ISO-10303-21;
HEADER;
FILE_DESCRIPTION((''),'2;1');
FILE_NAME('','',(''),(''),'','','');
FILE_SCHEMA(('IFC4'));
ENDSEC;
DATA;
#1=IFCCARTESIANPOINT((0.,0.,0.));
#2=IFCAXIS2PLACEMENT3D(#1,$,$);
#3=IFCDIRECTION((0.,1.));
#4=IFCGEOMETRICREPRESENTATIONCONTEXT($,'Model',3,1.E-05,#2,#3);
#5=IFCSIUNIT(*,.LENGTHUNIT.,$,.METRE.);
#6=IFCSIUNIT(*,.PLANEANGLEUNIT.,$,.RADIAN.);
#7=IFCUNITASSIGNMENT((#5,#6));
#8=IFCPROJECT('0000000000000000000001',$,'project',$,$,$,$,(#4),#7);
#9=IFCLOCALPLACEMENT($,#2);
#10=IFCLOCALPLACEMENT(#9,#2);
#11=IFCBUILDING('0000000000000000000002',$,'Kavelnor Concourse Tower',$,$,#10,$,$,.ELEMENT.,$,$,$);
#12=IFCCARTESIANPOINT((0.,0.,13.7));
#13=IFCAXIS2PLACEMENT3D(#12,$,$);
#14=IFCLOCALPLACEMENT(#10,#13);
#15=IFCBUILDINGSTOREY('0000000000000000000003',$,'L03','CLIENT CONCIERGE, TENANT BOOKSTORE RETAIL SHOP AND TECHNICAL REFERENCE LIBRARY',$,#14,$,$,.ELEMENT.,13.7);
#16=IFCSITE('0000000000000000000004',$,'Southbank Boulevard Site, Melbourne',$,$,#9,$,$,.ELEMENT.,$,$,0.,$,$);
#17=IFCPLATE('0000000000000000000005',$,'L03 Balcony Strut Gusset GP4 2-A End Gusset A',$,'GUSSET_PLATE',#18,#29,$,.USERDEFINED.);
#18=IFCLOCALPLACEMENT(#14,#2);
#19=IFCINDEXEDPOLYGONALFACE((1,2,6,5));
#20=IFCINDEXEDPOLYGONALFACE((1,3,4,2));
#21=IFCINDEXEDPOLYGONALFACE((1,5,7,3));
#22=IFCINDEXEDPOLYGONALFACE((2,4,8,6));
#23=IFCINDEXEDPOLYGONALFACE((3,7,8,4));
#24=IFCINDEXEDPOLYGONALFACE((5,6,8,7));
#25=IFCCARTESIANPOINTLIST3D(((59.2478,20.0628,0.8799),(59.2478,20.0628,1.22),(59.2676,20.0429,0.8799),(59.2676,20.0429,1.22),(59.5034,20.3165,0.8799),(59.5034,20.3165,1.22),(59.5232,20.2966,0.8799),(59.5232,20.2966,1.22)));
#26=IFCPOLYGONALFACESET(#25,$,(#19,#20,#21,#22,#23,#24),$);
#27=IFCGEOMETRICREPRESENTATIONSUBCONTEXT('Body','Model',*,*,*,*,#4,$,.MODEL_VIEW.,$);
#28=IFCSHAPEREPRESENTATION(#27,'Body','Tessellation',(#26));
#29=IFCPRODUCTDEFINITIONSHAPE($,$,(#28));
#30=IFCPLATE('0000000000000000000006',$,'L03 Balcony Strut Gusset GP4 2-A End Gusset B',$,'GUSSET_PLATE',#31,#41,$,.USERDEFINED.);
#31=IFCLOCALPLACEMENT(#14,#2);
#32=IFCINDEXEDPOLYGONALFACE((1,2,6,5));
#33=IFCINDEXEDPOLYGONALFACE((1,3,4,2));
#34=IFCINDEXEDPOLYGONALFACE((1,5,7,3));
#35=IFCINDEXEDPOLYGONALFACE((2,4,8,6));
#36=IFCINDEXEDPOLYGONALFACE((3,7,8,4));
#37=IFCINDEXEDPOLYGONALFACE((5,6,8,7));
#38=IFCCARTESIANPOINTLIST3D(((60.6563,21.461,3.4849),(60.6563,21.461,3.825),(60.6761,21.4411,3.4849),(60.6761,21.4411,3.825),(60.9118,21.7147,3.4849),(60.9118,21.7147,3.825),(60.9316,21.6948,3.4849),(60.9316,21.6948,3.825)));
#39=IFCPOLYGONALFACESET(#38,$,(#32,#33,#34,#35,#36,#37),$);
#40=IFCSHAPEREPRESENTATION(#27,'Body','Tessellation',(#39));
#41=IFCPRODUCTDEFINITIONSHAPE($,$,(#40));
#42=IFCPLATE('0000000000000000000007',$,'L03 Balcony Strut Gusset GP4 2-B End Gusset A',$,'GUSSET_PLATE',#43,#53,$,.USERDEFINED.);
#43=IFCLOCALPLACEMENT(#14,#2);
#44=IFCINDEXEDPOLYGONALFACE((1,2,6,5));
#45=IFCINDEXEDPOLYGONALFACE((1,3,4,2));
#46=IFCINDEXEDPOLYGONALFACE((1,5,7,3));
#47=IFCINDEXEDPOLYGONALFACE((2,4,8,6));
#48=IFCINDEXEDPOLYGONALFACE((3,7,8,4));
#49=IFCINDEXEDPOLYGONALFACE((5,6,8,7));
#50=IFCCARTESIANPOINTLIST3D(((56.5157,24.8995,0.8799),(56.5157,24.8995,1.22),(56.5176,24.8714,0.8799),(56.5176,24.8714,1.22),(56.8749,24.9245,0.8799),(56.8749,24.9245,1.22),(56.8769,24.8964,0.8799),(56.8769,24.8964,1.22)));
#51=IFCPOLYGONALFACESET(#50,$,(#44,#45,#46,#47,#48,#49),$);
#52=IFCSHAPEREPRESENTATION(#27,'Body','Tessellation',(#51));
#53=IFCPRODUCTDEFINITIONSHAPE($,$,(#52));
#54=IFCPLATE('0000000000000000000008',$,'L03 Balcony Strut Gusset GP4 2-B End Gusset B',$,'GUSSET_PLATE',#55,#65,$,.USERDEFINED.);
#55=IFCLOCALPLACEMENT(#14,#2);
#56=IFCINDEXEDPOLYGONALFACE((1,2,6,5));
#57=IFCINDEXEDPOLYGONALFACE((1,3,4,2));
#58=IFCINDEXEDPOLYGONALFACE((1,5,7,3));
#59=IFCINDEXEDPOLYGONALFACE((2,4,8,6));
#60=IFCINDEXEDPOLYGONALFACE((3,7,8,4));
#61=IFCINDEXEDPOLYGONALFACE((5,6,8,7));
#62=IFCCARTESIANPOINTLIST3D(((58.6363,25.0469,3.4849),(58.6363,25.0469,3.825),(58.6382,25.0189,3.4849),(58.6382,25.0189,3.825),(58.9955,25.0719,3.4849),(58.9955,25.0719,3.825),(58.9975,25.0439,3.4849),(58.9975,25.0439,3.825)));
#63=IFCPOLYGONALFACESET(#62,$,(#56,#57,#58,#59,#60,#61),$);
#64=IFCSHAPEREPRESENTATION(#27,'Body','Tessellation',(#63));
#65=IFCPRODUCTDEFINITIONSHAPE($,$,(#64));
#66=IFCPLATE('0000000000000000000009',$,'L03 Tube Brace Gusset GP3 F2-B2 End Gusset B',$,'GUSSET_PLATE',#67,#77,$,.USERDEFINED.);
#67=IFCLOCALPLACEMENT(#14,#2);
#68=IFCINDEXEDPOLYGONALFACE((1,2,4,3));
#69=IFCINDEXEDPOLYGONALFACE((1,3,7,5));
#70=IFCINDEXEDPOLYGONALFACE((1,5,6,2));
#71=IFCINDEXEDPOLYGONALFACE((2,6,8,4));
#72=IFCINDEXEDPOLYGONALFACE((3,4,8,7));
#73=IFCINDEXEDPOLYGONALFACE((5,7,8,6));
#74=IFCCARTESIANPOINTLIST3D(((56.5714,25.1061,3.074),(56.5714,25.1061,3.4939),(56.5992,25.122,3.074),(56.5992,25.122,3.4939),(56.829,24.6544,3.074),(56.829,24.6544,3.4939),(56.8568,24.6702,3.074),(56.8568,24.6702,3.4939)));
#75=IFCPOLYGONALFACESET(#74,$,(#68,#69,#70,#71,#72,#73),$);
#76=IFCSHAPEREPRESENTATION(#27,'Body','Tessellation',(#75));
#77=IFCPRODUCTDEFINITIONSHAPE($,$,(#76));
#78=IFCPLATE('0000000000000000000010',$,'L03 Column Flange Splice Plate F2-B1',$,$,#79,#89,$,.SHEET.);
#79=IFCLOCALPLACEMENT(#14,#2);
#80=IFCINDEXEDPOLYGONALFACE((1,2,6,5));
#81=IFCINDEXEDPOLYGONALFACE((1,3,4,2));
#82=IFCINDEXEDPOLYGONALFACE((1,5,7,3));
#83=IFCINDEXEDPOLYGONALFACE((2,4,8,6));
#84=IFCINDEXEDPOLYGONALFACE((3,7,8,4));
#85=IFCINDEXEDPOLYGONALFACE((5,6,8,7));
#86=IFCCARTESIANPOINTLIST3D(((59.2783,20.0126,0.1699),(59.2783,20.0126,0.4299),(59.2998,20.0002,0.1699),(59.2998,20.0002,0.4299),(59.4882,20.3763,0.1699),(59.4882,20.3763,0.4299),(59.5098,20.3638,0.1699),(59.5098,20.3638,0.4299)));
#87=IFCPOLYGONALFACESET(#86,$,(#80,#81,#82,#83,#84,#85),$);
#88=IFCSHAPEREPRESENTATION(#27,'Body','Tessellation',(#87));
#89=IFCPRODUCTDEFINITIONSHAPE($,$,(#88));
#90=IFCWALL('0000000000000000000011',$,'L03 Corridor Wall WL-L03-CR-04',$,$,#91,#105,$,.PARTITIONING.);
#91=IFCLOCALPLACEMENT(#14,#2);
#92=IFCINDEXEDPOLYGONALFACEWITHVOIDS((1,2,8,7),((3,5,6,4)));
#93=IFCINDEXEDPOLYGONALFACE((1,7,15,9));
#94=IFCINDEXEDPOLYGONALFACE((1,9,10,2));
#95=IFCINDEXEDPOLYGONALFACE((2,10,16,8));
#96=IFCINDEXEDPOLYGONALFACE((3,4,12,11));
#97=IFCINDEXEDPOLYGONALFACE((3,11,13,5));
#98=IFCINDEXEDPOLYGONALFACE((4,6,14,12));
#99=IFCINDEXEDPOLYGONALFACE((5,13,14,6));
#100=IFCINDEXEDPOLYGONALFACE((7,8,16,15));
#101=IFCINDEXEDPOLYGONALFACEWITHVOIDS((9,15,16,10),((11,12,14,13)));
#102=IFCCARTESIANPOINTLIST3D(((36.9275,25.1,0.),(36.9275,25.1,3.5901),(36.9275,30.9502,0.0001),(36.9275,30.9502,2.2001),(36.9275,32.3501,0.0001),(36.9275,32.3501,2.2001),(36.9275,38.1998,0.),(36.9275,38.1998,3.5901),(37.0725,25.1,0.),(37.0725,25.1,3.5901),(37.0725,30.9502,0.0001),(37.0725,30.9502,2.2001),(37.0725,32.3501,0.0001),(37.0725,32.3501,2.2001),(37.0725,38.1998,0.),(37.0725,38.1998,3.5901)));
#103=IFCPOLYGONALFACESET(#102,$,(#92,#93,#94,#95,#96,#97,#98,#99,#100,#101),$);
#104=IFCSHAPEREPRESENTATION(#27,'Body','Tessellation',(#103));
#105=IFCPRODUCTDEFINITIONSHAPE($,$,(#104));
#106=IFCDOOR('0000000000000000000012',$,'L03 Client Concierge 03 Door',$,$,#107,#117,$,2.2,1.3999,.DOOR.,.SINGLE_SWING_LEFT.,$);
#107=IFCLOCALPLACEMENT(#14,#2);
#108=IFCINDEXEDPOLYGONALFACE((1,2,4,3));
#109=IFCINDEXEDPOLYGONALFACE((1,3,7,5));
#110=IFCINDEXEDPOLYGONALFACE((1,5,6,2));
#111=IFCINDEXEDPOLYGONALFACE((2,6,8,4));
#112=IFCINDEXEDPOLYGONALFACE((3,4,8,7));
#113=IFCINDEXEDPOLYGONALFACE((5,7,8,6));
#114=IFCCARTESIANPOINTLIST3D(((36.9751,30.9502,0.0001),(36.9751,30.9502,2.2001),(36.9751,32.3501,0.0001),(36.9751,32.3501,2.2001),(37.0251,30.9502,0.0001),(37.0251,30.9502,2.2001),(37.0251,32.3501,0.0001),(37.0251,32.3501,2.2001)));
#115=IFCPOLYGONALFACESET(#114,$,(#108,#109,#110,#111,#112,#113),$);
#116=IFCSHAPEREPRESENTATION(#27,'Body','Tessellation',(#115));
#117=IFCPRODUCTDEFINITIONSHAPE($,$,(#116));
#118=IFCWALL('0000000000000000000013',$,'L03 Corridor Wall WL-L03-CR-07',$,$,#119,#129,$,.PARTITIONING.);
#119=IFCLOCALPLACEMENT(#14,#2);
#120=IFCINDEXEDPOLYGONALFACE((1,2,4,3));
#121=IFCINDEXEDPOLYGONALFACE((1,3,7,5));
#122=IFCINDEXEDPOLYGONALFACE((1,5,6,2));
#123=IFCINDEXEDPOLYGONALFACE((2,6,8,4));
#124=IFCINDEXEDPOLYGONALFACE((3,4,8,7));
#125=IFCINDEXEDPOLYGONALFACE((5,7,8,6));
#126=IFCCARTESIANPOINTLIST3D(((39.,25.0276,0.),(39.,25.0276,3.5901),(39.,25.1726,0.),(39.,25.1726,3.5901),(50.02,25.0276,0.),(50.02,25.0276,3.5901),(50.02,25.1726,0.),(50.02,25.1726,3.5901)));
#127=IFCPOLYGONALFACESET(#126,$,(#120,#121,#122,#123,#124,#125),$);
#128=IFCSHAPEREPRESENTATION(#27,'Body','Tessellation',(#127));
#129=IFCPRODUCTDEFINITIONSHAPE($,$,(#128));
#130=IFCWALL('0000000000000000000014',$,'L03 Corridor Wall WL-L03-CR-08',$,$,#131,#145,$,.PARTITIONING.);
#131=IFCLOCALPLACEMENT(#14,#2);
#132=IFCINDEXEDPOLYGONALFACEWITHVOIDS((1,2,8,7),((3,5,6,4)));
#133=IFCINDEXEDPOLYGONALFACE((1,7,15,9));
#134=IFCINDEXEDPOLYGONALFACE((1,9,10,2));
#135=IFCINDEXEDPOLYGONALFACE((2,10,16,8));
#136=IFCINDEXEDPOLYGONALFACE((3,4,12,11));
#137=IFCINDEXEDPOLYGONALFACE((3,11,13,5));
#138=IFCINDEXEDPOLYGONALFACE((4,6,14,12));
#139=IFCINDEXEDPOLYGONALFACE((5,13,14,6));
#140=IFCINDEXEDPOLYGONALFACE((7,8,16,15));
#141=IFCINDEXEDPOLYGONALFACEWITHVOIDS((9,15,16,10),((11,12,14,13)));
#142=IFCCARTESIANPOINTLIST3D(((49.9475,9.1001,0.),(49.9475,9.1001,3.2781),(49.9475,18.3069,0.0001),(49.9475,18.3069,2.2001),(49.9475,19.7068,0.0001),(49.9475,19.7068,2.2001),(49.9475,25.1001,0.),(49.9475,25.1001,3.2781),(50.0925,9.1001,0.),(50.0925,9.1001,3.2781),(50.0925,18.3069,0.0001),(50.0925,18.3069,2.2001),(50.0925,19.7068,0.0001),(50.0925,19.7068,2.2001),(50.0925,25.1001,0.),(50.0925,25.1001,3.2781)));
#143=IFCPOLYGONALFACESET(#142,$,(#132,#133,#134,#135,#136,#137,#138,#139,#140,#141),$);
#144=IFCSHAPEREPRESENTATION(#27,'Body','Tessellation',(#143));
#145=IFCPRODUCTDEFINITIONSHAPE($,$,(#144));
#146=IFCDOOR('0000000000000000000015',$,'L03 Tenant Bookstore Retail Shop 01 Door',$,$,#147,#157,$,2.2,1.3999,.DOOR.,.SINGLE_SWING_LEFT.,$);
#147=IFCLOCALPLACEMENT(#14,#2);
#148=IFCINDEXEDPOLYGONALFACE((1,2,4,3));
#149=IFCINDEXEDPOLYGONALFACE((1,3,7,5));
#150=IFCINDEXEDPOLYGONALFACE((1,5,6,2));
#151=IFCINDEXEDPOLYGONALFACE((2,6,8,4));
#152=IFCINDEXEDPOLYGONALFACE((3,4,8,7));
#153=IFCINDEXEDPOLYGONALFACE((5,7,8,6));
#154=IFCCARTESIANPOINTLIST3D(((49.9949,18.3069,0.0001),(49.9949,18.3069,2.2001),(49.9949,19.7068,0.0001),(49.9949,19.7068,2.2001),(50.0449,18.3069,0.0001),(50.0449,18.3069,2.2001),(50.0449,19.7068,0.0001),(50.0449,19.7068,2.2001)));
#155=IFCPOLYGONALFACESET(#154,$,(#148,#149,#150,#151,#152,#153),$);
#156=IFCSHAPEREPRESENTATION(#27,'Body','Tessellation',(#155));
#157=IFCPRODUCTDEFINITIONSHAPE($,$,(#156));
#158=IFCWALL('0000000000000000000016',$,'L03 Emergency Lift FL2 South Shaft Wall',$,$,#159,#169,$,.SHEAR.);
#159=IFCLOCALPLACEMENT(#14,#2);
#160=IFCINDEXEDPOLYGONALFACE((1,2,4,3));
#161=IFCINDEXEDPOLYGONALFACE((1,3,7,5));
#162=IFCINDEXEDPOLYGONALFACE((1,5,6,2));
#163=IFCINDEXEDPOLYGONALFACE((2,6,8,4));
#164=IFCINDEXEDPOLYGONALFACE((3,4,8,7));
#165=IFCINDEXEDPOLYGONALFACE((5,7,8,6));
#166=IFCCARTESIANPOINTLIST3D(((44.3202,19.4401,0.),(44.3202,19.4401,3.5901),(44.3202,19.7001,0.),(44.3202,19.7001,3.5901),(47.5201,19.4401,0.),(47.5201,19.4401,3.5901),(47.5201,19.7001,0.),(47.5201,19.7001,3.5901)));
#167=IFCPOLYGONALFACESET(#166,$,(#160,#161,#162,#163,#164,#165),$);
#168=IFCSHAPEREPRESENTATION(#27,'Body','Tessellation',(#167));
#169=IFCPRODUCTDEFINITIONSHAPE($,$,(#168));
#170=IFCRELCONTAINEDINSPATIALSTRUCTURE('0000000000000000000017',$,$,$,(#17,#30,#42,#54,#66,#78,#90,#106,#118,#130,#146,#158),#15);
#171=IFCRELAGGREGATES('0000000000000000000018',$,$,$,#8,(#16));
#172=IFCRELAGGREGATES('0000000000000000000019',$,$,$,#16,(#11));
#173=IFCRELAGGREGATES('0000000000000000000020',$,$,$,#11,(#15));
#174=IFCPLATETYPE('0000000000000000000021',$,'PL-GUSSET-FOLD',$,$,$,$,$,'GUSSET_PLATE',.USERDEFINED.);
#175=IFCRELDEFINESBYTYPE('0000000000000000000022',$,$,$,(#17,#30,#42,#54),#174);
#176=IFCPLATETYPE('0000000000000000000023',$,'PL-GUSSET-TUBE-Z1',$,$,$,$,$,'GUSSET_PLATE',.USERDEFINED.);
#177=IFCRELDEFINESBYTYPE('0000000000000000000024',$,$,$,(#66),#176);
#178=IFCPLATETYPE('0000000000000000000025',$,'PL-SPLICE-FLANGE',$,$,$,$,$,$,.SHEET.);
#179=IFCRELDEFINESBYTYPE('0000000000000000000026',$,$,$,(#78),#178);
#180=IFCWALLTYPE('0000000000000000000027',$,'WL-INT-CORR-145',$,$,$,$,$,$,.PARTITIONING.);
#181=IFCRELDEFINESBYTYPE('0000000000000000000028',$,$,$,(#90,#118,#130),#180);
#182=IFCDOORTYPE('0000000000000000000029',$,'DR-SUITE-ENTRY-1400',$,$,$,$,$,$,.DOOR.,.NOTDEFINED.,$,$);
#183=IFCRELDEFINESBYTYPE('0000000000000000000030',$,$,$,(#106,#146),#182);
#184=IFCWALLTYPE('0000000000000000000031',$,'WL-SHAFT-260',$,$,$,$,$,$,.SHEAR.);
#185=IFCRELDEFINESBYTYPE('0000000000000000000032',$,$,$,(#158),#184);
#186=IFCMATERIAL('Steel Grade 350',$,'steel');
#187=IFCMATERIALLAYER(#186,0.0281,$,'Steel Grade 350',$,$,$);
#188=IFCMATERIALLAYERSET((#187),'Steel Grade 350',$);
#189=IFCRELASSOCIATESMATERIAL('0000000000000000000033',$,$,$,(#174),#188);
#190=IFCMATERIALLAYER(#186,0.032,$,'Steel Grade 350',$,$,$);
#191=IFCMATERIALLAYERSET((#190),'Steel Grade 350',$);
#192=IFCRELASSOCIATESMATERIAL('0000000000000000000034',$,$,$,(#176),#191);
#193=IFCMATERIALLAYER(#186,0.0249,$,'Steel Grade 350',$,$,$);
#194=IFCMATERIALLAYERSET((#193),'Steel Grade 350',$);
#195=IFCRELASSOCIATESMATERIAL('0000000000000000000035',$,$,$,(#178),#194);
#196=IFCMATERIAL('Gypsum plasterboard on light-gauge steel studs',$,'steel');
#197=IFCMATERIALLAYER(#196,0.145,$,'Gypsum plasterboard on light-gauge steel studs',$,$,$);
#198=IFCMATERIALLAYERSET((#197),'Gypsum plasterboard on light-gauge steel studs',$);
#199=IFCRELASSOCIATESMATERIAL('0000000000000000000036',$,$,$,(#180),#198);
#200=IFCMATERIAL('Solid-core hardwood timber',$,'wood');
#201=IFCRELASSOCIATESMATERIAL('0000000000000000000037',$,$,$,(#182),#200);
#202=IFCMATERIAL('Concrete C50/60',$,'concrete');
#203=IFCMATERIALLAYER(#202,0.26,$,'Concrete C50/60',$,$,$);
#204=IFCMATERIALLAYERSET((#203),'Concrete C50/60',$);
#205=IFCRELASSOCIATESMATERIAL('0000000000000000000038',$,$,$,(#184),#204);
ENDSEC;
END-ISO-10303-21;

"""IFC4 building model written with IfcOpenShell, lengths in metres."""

from ifc_helpers import new_model, si_unit, direction, frame, frame_2d, origin, origin_2d, place, context, subcontext, project, spatial, rectangle, extrude, material, layer, layer_set, type_object, element, fill, save


model = new_model("IFC4")

# Units and contexts
model_context = context("Model", 3, precision=1e-05, world=origin(), true_north=direction((0.0, 1.0)))
body_context = subcontext(model_context, "Body", "Model", "MODEL_VIEW")
ifc_project = project(units=[si_unit("LENGTHUNIT", "METRE"), si_unit("PLANEANGLEUNIT", "RADIAN")], contexts=[model_context])

# Site, building, storey
site_placement = place(None, origin())
site = spatial("IfcSite", under=ifc_project, at=site_placement, Name="Southbank Boulevard Site, Melbourne", CompositionType="ELEMENT", RefElevation=0.0)
building_placement = place(site_placement, origin())
building = spatial("IfcBuilding", under=site, at=building_placement, Name="Kavelnor Concourse Tower", CompositionType="ELEMENT")
storey_placement = place(building_placement, frame((0.0, 0.0, 13.7)))
storey = spatial("IfcBuildingStorey", under=building, at=storey_placement, Name="L03", Description="CLIENT CONCIERGE, TENANT BOOKSTORE RETAIL SHOP AND TECHNICAL REFERENCE LIBRARY", CompositionType="ELEMENT", Elevation=13.7)

# Shared definitions
ifc_material_1 = material(Name="Steel Grade 350", Category="steel")

# Plates
ifc_layer_1 = layer(ifc_material_1, 0.0281, Name="Steel Grade 350")
ifc_layer_set_1 = layer_set([ifc_layer_1], Name="Steel Grade 350")
plate_type_1 = type_object("IfcPlateType", Name="PL-GUSSET-FOLD", ElementType="GUSSET_PLATE", PredefinedType="USERDEFINED", material=ifc_layer_set_1)
for number, where, z_axis, x_axis, name in (
    (1, (59.3855, 20.1797, 0.8799), (0.0, 0.0, 1.0), (0.709694, 0.70451, 0.0), "L03 Balcony Strut Gusset GP4 2-A End Gusset A"),
    (2, (60.7939, 21.5779, 3.4849), (0.0, 0.0, 1.0), (0.709694, 0.70451, 0.0), "L03 Balcony Strut Gusset GP4 2-A End Gusset B"),
    (3, (56.6963, 24.8979, 0.8799), (0.0, 0.0, 1.0), (0.997588, 0.069408, 0.0), "L03 Balcony Strut Gusset GP4 2-B End Gusset A"),
    (4, (58.8169, 25.0454, 3.4849), (0.0, 0.0, 1.0), (0.997588, 0.069408, 0.0), "L03 Balcony Strut Gusset GP4 2-B End Gusset B"),
):
    element("IfcPlate", number, at=place(storey_placement, frame(where, z_axis=z_axis, x_axis=x_axis)), inside=storey, type_object=plate_type_1, Name=name, ObjectType="GUSSET_PLATE", PredefinedType="USERDEFINED", context=body_context, shape_type="SweptSolid", body=[
        extrude(rectangle(XDim=0.3601, YDim=0.0281, at=origin_2d()), origin(), (0.0, 0.0, 1.0), 0.3401),
    ])
ifc_layer_2 = layer(ifc_material_1, 0.032, Name="Steel Grade 350")
ifc_layer_set_2 = layer_set([ifc_layer_2], Name="Steel Grade 350")
plate_type_2 = type_object("IfcPlateType", Name="PL-GUSSET-TUBE-Z1", ElementType="GUSSET_PLATE", PredefinedType="USERDEFINED", material=ifc_layer_set_2)
plate_1_placement = place(storey_placement, frame((56.7141, 24.8882, 3.074), z_axis=(0.0, 0.0, 1.0), x_axis=(0.495307, -0.868718, 0.0)))
element("IfcPlate", 5, at=plate_1_placement, inside=storey, type_object=plate_type_2, Name="L03 Tube Brace Gusset GP3 F2-B2 End Gusset B", ObjectType="GUSSET_PLATE", PredefinedType="USERDEFINED", context=body_context, shape_type="SweptSolid", body=[
    extrude(rectangle(XDim=0.52, YDim=0.032, at=origin_2d()), origin(), (0.0, 0.0, 1.0), 0.4199),
])
ifc_layer_3 = layer(ifc_material_1, 0.0249, Name="Steel Grade 350")
ifc_layer_set_3 = layer_set([ifc_layer_3], Name="Steel Grade 350")
plate_type_3 = type_object("IfcPlateType", Name="PL-SPLICE-FLANGE", PredefinedType="SHEET", material=ifc_layer_set_3)
plate_2_placement = place(storey_placement, frame((59.394, 20.1882, 0.1699), z_axis=(0.0, 0.0, 1.0), x_axis=(-0.5, -0.866025, 0.0)))
element("IfcPlate", 6, at=plate_2_placement, inside=storey, type_object=plate_type_3, Name="L03 Column Flange Splice Plate F2-B1", PredefinedType="SHEET", context=body_context, shape_type="SweptSolid", body=[
    extrude(rectangle(XDim=0.4199, YDim=0.0249, at=origin_2d()), origin(), (0.0, 0.0, 1.0), 0.26),
])

# Wall, opening, door
ifc_material_2 = material(Name="Gypsum plasterboard on light-gauge steel studs", Category="steel")
ifc_layer_4 = layer(ifc_material_2, 0.145, Name="Gypsum plasterboard on light-gauge steel studs")
ifc_layer_set_4 = layer_set([ifc_layer_4], Name="Gypsum plasterboard on light-gauge steel studs")
wall_type_1 = type_object("IfcWallType", Name="WL-INT-CORR-145", PredefinedType="PARTITIONING", material=ifc_layer_set_4)
wall_1_placement = place(storey_placement, frame((37.0, 25.1001, 0.0), z_axis=(0.0, 0.0, 1.0), x_axis=(0.0, 1.0, 0.0)))
wall_1 = element("IfcWall", 7, at=wall_1_placement, inside=storey, type_object=wall_type_1, Name="L03 Corridor Wall WL-L03-CR-04", PredefinedType="PARTITIONING", context=body_context, shape_type="SweptSolid", body=[
    extrude(rectangle(XDim=13.0999, YDim=0.145, at=frame_2d((6.5498, 0.0))), origin(), (0.0, 0.0, 1.0), 3.5901),
])
opening_1_placement = place(wall_1_placement, frame((5.8501, 0.0, 0.0)))
opening_1 = element("IfcOpeningElement", 8, at=opening_1_placement, cuts=wall_1, PredefinedType="OPENING", context=body_context, shape_type="SweptSolid", body=[
    extrude(rectangle(XDim=1.3999, YDim=2.2, at=frame_2d((0.7, 1.1001))), frame((0.0, 0.0825, 0.0), z_axis=(0.0, -1.0, 0.0), x_axis=(1.0, 0.0, 0.0)), (0.0, 0.0, 1.0), 0.165),
])
ifc_material_3 = material(Name="Solid-core hardwood timber", Category="wood")
door_type = type_object("IfcDoorType", Name="DR-SUITE-ENTRY-1400", OperationType="NOTDEFINED", PredefinedType="DOOR", material=ifc_material_3)
door_1_placement = place(opening_1_placement, origin())
door_1 = element("IfcDoor", 9, at=door_1_placement, inside=storey, type_object=door_type, Name="L03 Client Concierge 03 Door", OperationType="SINGLE_SWING_LEFT", OverallHeight=2.2, OverallWidth=1.3999, PredefinedType="DOOR", context=body_context, shape_type="SweptSolid", body=[
    extrude(rectangle(XDim=1.3999, YDim=2.2, at=frame_2d((0.7, 1.1001))), frame((0.0, 0.0249, 0.0), z_axis=(0.0, -1.0, 0.0), x_axis=(1.0, 0.0, 0.0)), (0.0, 0.0, 1.0), 0.05),
])
fill(opening_1, door_1)

# Wall
wall_2_placement = place(storey_placement, frame((39.0, 25.1001, 0.0), z_axis=(0.0, 0.0, 1.0), x_axis=(1.0, 0.0, 0.0)))
element("IfcWall", 10, at=wall_2_placement, inside=storey, type_object=wall_type_1, Name="L03 Corridor Wall WL-L03-CR-07", PredefinedType="PARTITIONING", context=body_context, shape_type="SweptSolid", body=[
    extrude(rectangle(XDim=11.02, YDim=0.145, at=frame_2d((5.51, 0.0))), origin(), (0.0, 0.0, 1.0), 3.5901),
])

# Wall, opening, door
wall_3_placement = place(storey_placement, frame((50.02, 25.1001, 0.0), z_axis=(0.0, 0.0, 1.0), x_axis=(0.0, -1.0, 0.0)))
wall_3 = element("IfcWall", 11, at=wall_3_placement, inside=storey, type_object=wall_type_1, Name="L03 Corridor Wall WL-L03-CR-08", PredefinedType="PARTITIONING", context=body_context, shape_type="SweptSolid", body=[
    extrude(rectangle(XDim=16.0, YDim=0.145, at=frame_2d((8.0, 0.0))), origin(), (0.0, 0.0, 1.0), 3.2781),
])
opening_2_placement = place(wall_3_placement, frame((5.3933, 0.0, 0.0)))
opening_2 = element("IfcOpeningElement", 12, at=opening_2_placement, cuts=wall_3, PredefinedType="OPENING", context=body_context, shape_type="SweptSolid", body=[
    extrude(rectangle(XDim=1.3999, YDim=2.2, at=frame_2d((0.7, 1.1001))), frame((0.0, 0.0825, 0.0), z_axis=(0.0, -1.0, 0.0), x_axis=(1.0, 0.0, 0.0)), (0.0, 0.0, 1.0), 0.165),
])
door_2_placement = place(opening_2_placement, origin())
door_2 = element("IfcDoor", 13, at=door_2_placement, inside=storey, type_object=door_type, Name="L03 Tenant Bookstore Retail Shop 01 Door", OperationType="SINGLE_SWING_LEFT", OverallHeight=2.2, OverallWidth=1.3999, PredefinedType="DOOR", context=body_context, shape_type="SweptSolid", body=[
    extrude(rectangle(XDim=1.3999, YDim=2.2, at=frame_2d((0.7, 1.1001))), frame((0.0, 0.0249, 0.0), z_axis=(0.0, -1.0, 0.0), x_axis=(1.0, 0.0, 0.0)), (0.0, 0.0, 1.0), 0.05),
])
fill(opening_2, door_2)

# Wall
ifc_material_4 = material(Name="Concrete C50/60", Category="concrete")
ifc_layer_5 = layer(ifc_material_4, 0.26, Name="Concrete C50/60")
ifc_layer_set_5 = layer_set([ifc_layer_5], Name="Concrete C50/60")
wall_type_2 = type_object("IfcWallType", Name="WL-SHAFT-260", PredefinedType="SHEAR", material=ifc_layer_set_5)
wall_4_placement = place(storey_placement, frame((44.3201, 19.5701, 0.0), z_axis=(0.0, 0.0, 1.0), x_axis=(1.0, 0.0, 0.0)))
element("IfcWall", 14, at=wall_4_placement, inside=storey, type_object=wall_type_2, Name="L03 Emergency Lift FL2 South Shaft Wall", PredefinedType="SHEAR", context=body_context, shape_type="SweptSolid", body=[
    extrude(rectangle(XDim=3.2, YDim=0.26, at=frame_2d((1.6001, 0.0))), origin(), (0.0, 0.0, 1.0), 3.5901),
])

save(model, "model.ifc")
